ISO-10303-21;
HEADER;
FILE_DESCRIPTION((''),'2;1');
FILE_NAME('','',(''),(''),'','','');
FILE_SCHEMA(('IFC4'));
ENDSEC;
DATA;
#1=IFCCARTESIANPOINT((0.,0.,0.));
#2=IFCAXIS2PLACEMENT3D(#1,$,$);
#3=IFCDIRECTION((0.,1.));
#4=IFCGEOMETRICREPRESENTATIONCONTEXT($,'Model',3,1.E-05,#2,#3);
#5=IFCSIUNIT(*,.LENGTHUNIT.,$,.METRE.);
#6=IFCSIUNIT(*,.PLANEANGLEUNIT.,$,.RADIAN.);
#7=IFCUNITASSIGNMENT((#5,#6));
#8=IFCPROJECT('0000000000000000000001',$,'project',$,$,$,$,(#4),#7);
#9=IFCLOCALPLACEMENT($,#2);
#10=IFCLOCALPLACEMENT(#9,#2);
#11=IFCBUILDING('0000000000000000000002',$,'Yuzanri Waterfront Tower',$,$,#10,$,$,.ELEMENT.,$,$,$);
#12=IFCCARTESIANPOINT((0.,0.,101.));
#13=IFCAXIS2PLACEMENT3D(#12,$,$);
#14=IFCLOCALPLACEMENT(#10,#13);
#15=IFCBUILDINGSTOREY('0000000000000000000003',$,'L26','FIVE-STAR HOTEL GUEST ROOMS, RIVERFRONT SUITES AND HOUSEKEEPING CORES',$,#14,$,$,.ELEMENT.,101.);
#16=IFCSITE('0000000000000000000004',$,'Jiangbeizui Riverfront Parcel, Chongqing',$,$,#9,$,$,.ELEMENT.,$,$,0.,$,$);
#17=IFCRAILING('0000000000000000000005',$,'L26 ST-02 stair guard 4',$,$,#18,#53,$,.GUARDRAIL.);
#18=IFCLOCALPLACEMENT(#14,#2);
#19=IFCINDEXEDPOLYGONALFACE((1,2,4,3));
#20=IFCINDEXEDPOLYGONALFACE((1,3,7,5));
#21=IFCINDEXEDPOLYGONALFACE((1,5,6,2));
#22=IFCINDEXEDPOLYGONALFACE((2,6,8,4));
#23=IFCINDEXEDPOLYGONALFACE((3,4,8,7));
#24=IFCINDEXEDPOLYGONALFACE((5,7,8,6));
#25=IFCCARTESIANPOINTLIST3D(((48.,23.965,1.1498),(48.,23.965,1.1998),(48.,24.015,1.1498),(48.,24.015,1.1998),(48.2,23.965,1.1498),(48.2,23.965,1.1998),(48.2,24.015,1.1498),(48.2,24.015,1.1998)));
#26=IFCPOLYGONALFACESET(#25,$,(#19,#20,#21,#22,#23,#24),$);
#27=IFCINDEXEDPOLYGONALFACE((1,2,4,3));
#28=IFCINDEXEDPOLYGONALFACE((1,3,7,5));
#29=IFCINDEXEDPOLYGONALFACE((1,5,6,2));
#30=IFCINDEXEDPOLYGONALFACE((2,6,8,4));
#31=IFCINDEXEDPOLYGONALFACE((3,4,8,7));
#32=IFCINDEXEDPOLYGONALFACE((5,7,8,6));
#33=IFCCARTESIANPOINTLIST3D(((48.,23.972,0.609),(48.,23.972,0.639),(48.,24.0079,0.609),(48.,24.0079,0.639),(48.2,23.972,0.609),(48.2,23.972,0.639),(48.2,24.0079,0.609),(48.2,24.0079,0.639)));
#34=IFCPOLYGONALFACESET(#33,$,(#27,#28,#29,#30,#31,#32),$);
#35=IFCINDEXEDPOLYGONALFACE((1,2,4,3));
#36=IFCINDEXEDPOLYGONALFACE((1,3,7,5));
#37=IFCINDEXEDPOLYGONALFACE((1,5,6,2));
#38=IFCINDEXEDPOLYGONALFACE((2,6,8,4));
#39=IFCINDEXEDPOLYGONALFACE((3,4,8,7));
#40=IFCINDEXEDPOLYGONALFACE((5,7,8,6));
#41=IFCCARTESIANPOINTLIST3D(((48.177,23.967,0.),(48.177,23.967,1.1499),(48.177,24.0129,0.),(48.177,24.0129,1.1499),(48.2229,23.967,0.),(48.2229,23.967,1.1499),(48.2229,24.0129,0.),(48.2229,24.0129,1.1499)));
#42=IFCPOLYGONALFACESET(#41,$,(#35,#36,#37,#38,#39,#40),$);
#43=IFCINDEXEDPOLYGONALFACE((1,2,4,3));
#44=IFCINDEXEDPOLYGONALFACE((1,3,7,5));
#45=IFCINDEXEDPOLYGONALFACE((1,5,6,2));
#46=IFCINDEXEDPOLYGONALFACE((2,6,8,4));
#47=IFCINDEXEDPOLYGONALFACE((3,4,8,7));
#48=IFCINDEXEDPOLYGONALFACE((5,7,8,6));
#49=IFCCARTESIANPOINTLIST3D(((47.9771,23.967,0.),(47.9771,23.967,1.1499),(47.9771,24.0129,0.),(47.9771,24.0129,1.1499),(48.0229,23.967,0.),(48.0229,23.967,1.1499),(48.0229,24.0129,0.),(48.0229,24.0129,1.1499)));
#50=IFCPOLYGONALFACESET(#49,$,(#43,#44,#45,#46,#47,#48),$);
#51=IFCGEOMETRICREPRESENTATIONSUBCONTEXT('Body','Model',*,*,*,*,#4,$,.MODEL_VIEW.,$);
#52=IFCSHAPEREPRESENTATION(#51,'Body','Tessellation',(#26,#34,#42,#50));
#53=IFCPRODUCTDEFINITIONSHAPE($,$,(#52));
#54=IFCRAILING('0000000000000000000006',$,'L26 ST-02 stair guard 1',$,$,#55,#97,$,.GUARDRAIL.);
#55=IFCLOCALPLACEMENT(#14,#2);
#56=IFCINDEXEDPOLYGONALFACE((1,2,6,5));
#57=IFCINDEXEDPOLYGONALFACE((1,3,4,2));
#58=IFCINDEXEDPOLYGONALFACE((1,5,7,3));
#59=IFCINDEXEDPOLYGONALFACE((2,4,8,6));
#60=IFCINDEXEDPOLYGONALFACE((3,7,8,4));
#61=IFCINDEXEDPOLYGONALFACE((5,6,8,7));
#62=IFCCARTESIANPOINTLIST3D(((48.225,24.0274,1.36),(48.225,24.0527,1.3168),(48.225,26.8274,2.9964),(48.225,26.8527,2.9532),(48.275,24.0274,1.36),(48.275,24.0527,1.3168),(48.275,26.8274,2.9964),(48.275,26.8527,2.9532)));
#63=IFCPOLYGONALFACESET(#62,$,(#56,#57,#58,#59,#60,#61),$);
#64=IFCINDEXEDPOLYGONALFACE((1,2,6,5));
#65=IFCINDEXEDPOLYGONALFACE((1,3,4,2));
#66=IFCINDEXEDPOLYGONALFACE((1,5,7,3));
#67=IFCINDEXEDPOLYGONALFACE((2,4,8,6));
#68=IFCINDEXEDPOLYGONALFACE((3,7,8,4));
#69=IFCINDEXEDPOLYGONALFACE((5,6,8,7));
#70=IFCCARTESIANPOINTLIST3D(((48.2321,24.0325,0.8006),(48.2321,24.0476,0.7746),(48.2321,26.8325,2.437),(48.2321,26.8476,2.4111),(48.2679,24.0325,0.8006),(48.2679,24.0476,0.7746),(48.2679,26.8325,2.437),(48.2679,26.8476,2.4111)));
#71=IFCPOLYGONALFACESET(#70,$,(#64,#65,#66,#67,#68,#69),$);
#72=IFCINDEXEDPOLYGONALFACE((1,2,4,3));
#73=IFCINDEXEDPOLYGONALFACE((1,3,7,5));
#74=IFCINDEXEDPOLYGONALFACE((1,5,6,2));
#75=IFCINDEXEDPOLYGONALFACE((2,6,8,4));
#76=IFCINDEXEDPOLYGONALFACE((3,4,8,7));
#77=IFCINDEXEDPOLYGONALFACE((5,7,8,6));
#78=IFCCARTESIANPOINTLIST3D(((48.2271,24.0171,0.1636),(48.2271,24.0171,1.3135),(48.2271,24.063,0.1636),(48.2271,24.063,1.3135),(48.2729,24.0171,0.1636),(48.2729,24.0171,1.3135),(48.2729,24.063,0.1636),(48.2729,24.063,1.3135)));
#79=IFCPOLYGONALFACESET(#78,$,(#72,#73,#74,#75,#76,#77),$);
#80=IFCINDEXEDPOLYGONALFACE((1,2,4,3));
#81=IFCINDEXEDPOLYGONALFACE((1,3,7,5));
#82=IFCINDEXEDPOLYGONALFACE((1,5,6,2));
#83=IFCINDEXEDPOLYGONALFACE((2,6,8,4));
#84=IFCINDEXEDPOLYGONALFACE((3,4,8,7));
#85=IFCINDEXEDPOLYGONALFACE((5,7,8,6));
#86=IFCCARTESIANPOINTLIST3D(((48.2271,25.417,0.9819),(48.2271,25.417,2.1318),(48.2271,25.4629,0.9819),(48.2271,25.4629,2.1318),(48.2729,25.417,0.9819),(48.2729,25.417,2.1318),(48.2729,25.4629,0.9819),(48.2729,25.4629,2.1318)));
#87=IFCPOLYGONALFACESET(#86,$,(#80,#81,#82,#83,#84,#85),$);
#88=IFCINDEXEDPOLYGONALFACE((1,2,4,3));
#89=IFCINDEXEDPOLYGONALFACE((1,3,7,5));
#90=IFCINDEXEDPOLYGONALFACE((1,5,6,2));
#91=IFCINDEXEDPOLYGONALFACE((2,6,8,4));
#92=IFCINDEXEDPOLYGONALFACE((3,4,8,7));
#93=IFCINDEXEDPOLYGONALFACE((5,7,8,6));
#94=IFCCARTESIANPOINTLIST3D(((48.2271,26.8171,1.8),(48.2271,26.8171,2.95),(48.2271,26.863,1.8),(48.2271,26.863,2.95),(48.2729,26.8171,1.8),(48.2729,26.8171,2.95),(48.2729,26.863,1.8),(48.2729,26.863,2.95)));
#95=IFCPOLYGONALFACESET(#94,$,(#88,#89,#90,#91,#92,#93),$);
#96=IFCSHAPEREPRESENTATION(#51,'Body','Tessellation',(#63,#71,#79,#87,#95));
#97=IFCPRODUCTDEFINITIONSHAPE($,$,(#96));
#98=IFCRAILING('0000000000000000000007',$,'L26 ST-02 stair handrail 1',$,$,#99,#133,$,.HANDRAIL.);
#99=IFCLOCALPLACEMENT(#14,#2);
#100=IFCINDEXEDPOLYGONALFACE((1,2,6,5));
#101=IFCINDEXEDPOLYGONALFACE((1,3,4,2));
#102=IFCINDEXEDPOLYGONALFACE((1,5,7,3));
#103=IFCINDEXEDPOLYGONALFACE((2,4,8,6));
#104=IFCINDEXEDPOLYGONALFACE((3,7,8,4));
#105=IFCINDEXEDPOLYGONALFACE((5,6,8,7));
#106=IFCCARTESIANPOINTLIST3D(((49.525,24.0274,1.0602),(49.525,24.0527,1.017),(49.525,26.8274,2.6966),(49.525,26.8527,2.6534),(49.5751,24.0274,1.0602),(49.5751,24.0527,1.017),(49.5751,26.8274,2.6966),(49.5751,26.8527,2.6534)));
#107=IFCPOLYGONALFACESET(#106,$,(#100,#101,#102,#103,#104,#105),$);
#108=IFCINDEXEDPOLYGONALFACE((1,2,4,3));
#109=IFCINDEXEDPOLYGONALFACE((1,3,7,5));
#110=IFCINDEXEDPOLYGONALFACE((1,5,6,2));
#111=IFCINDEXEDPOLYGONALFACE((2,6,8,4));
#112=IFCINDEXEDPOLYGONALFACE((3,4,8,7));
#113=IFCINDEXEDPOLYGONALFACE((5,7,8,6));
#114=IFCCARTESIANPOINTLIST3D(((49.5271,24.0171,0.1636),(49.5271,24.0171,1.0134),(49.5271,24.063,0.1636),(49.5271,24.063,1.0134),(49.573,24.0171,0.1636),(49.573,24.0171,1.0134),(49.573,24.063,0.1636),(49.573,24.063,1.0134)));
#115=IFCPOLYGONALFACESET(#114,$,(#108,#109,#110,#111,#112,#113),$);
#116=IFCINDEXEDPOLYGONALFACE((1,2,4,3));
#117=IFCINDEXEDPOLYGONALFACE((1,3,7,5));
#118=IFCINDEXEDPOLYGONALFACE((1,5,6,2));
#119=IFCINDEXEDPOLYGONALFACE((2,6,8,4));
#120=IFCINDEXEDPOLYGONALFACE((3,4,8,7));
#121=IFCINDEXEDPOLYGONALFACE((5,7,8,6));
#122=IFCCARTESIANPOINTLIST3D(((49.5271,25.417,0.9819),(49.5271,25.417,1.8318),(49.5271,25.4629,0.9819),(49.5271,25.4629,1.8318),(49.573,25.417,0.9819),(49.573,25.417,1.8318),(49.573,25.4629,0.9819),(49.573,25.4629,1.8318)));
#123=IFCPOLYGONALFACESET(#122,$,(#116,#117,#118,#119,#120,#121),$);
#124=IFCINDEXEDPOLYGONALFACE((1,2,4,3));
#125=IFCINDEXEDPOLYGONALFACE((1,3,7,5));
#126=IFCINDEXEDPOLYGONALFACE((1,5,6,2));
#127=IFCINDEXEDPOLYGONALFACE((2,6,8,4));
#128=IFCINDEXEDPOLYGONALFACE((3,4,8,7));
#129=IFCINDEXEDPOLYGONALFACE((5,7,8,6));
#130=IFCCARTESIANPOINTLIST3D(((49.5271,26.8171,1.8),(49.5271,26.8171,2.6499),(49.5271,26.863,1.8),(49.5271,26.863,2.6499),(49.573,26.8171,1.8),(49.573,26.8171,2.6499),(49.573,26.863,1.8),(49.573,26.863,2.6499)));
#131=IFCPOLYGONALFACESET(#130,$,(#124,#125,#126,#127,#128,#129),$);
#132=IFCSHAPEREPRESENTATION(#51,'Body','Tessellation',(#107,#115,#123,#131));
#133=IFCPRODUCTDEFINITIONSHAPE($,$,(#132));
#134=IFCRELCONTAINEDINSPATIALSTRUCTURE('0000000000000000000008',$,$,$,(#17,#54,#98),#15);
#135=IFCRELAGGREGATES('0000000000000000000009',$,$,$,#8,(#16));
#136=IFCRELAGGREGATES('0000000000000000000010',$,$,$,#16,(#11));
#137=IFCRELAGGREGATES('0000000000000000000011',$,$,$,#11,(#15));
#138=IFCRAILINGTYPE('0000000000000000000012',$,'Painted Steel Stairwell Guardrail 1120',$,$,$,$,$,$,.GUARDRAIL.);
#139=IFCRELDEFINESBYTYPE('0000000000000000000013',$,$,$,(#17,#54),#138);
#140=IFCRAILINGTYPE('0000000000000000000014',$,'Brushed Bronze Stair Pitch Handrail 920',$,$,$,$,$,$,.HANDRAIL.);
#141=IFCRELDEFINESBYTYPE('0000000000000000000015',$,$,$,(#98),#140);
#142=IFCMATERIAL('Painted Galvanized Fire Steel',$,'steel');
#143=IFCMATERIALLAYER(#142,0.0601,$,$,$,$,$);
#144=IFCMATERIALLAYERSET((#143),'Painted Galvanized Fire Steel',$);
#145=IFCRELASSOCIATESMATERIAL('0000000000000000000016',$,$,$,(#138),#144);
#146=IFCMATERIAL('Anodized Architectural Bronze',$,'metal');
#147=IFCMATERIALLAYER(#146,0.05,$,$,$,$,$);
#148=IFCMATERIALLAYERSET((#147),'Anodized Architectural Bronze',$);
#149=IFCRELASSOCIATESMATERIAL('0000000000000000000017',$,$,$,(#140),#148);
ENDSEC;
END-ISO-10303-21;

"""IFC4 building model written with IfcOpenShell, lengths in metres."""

from ifc_helpers import new_model, si_unit, direction, frame, origin, origin_2d, place, context, subcontext, project, spatial, rectangle, extrude, source, transform, mapped, material, layer, layer_set, type_object, element, save


model = new_model("IFC4")

# Units and contexts
model_context = context("Model", 3, precision=1e-05, world=origin(), true_north=direction((0.0, 1.0)))
body_context = subcontext(model_context, "Body", "Model", "MODEL_VIEW")
ifc_project = project(units=[si_unit("LENGTHUNIT", "METRE"), si_unit("PLANEANGLEUNIT", "RADIAN")], contexts=[model_context])

# Site, building, storey
site_placement = place(None, origin())
site = spatial("IfcSite", under=ifc_project, at=site_placement, Name="Jiangbeizui Riverfront Parcel, Chongqing", CompositionType="ELEMENT", RefElevation=0.0)
building_placement = place(site_placement, origin())
building = spatial("IfcBuilding", under=site, at=building_placement, Name="Yuzanri Waterfront Tower", CompositionType="ELEMENT")
storey_placement = place(building_placement, frame((0.0, 0.0, 101.0)))
storey = spatial("IfcBuildingStorey", under=building, at=storey_placement, Name="L26", Description="FIVE-STAR HOTEL GUEST ROOMS, RIVERFRONT SUITES AND HOUSEKEEPING CORES", CompositionType="ELEMENT", Elevation=101.0)

# Railings
ifc_material_1 = material(Name="Painted Galvanized Fire Steel", Category="steel")
ifc_layer_1 = layer(ifc_material_1, 0.0601)
ifc_layer_set_1 = layer_set([ifc_layer_1], Name="Painted Galvanized Fire Steel")
railing_type_1 = type_object("IfcRailingType", Name="Painted Steel Stairwell Guardrail 1120", PredefinedType="GUARDRAIL", material=ifc_layer_set_1)
shared_shape_1 = source(origin(), body_context, "Body", "SweptSolid", [
    extrude(rectangle(XDim=0.05, YDim=0.05, at=origin_2d()), frame((0.0, 0.0, 1.1748), z_axis=(-1.0, 0.0, 0.0), x_axis=(0.0, -1.0, 0.0)), (0.0, 0.0, 1.0), 0.2),
    extrude(rectangle(XDim=0.0359, YDim=0.03, at=origin_2d()), frame((0.0, 0.0, 0.624), z_axis=(-1.0, 0.0, 0.0), x_axis=(0.0, -1.0, 0.0)), (0.0, 0.0, 1.0), 0.2),
    extrude(rectangle(XDim=0.0459, YDim=0.0459, at=origin_2d()), origin(), (0.0, 0.0, 1.0), 1.1499),
    extrude(rectangle(XDim=0.0459, YDim=0.0459, at=origin_2d()), frame((-0.2, 0.0, 0.0)), (0.0, 0.0, 1.0), 1.1499),
])
railing_1_placement = place(storey_placement, frame((48.2, 23.99, 0.0)))
element("IfcRailing", 1, at=railing_1_placement, inside=storey, type_object=railing_type_1, Name="L26 ST-02 stair guard 4", PredefinedType="GUARDRAIL", context=body_context, shape_type="MappedRepresentation", body=[
    mapped(shared_shape_1, transform((0.0, 0.0, 0.0), scale=1.0)),
])
shared_shape_2 = source(origin(), body_context, "Body", "SweptSolid", [
    extrude(rectangle(XDim=0.05, YDim=0.05, at=origin_2d()), frame((0.0, 0.0, 1.1748), z_axis=(0.0, 0.863361, 0.504587), x_axis=(-1.0, 0.0, 0.0)), (0.0, 0.0, 1.0), 3.2432),
    extrude(rectangle(XDim=0.0359, YDim=0.03, at=origin_2d()), frame((0.0, 0.0, 0.624), z_axis=(0.0, 0.863361, 0.504587), x_axis=(-1.0, 0.0, 0.0)), (0.0, 0.0, 1.0), 3.2432),
    extrude(rectangle(XDim=0.0459, YDim=0.0459, at=origin_2d()), origin(), (0.0, 0.0, 1.0), 1.1499),
    extrude(rectangle(XDim=0.0459, YDim=0.0459, at=origin_2d()), frame((0.0, 1.3999, 0.8184)), (0.0, 0.0, 1.0), 1.1499),
    extrude(rectangle(XDim=0.0459, YDim=0.0459, at=origin_2d()), frame((0.0, 2.8, 1.6365)), (0.0, 0.0, 1.0), 1.1499),
])
railing_2_placement = place(storey_placement, frame((48.25, 24.04, 0.1636)))
element("IfcRailing", 2, at=railing_2_placement, inside=storey, type_object=railing_type_1, Name="L26 ST-02 stair guard 1", PredefinedType="GUARDRAIL", context=body_context, shape_type="MappedRepresentation", body=[
    mapped(shared_shape_2, transform((0.0, 0.0, 0.0), scale=1.0)),
])
ifc_material_2 = material(Name="Anodized Architectural Bronze", Category="metal")
ifc_layer_2 = layer(ifc_material_2, 0.05)
ifc_layer_set_2 = layer_set([ifc_layer_2], Name="Anodized Architectural Bronze")
railing_type_2 = type_object("IfcRailingType", Name="Brushed Bronze Stair Pitch Handrail 920", PredefinedType="HANDRAIL", material=ifc_layer_set_2)
shared_shape_3 = source(origin(), body_context, "Body", "SweptSolid", [
    extrude(rectangle(XDim=0.05, YDim=0.05, at=origin_2d()), frame((0.0, 0.0, 0.875), z_axis=(0.0, 0.863361, 0.504587), x_axis=(-1.0, 0.0, 0.0)), (0.0, 0.0, 1.0), 3.2432),
    extrude(rectangle(XDim=0.0459, YDim=0.0459, at=origin_2d()), origin(), (0.0, 0.0, 1.0), 0.8499),
    extrude(rectangle(XDim=0.0459, YDim=0.0459, at=origin_2d()), frame((0.0, 1.3999, 0.8184)), (0.0, 0.0, 1.0), 0.8499),
    extrude(rectangle(XDim=0.0459, YDim=0.0459, at=origin_2d()), frame((0.0, 2.8, 1.6365)), (0.0, 0.0, 1.0), 0.8499),
])
railing_3_placement = place(storey_placement, frame((49.55, 24.04, 0.1636)))
element("IfcRailing", 3, at=railing_3_placement, inside=storey, type_object=railing_type_2, Name="L26 ST-02 stair handrail 1", PredefinedType="HANDRAIL", context=body_context, shape_type="MappedRepresentation", body=[
    mapped(shared_shape_3, transform((0.0, 0.0, 0.0), scale=1.0)),
])

save(model, "model.ifc")
